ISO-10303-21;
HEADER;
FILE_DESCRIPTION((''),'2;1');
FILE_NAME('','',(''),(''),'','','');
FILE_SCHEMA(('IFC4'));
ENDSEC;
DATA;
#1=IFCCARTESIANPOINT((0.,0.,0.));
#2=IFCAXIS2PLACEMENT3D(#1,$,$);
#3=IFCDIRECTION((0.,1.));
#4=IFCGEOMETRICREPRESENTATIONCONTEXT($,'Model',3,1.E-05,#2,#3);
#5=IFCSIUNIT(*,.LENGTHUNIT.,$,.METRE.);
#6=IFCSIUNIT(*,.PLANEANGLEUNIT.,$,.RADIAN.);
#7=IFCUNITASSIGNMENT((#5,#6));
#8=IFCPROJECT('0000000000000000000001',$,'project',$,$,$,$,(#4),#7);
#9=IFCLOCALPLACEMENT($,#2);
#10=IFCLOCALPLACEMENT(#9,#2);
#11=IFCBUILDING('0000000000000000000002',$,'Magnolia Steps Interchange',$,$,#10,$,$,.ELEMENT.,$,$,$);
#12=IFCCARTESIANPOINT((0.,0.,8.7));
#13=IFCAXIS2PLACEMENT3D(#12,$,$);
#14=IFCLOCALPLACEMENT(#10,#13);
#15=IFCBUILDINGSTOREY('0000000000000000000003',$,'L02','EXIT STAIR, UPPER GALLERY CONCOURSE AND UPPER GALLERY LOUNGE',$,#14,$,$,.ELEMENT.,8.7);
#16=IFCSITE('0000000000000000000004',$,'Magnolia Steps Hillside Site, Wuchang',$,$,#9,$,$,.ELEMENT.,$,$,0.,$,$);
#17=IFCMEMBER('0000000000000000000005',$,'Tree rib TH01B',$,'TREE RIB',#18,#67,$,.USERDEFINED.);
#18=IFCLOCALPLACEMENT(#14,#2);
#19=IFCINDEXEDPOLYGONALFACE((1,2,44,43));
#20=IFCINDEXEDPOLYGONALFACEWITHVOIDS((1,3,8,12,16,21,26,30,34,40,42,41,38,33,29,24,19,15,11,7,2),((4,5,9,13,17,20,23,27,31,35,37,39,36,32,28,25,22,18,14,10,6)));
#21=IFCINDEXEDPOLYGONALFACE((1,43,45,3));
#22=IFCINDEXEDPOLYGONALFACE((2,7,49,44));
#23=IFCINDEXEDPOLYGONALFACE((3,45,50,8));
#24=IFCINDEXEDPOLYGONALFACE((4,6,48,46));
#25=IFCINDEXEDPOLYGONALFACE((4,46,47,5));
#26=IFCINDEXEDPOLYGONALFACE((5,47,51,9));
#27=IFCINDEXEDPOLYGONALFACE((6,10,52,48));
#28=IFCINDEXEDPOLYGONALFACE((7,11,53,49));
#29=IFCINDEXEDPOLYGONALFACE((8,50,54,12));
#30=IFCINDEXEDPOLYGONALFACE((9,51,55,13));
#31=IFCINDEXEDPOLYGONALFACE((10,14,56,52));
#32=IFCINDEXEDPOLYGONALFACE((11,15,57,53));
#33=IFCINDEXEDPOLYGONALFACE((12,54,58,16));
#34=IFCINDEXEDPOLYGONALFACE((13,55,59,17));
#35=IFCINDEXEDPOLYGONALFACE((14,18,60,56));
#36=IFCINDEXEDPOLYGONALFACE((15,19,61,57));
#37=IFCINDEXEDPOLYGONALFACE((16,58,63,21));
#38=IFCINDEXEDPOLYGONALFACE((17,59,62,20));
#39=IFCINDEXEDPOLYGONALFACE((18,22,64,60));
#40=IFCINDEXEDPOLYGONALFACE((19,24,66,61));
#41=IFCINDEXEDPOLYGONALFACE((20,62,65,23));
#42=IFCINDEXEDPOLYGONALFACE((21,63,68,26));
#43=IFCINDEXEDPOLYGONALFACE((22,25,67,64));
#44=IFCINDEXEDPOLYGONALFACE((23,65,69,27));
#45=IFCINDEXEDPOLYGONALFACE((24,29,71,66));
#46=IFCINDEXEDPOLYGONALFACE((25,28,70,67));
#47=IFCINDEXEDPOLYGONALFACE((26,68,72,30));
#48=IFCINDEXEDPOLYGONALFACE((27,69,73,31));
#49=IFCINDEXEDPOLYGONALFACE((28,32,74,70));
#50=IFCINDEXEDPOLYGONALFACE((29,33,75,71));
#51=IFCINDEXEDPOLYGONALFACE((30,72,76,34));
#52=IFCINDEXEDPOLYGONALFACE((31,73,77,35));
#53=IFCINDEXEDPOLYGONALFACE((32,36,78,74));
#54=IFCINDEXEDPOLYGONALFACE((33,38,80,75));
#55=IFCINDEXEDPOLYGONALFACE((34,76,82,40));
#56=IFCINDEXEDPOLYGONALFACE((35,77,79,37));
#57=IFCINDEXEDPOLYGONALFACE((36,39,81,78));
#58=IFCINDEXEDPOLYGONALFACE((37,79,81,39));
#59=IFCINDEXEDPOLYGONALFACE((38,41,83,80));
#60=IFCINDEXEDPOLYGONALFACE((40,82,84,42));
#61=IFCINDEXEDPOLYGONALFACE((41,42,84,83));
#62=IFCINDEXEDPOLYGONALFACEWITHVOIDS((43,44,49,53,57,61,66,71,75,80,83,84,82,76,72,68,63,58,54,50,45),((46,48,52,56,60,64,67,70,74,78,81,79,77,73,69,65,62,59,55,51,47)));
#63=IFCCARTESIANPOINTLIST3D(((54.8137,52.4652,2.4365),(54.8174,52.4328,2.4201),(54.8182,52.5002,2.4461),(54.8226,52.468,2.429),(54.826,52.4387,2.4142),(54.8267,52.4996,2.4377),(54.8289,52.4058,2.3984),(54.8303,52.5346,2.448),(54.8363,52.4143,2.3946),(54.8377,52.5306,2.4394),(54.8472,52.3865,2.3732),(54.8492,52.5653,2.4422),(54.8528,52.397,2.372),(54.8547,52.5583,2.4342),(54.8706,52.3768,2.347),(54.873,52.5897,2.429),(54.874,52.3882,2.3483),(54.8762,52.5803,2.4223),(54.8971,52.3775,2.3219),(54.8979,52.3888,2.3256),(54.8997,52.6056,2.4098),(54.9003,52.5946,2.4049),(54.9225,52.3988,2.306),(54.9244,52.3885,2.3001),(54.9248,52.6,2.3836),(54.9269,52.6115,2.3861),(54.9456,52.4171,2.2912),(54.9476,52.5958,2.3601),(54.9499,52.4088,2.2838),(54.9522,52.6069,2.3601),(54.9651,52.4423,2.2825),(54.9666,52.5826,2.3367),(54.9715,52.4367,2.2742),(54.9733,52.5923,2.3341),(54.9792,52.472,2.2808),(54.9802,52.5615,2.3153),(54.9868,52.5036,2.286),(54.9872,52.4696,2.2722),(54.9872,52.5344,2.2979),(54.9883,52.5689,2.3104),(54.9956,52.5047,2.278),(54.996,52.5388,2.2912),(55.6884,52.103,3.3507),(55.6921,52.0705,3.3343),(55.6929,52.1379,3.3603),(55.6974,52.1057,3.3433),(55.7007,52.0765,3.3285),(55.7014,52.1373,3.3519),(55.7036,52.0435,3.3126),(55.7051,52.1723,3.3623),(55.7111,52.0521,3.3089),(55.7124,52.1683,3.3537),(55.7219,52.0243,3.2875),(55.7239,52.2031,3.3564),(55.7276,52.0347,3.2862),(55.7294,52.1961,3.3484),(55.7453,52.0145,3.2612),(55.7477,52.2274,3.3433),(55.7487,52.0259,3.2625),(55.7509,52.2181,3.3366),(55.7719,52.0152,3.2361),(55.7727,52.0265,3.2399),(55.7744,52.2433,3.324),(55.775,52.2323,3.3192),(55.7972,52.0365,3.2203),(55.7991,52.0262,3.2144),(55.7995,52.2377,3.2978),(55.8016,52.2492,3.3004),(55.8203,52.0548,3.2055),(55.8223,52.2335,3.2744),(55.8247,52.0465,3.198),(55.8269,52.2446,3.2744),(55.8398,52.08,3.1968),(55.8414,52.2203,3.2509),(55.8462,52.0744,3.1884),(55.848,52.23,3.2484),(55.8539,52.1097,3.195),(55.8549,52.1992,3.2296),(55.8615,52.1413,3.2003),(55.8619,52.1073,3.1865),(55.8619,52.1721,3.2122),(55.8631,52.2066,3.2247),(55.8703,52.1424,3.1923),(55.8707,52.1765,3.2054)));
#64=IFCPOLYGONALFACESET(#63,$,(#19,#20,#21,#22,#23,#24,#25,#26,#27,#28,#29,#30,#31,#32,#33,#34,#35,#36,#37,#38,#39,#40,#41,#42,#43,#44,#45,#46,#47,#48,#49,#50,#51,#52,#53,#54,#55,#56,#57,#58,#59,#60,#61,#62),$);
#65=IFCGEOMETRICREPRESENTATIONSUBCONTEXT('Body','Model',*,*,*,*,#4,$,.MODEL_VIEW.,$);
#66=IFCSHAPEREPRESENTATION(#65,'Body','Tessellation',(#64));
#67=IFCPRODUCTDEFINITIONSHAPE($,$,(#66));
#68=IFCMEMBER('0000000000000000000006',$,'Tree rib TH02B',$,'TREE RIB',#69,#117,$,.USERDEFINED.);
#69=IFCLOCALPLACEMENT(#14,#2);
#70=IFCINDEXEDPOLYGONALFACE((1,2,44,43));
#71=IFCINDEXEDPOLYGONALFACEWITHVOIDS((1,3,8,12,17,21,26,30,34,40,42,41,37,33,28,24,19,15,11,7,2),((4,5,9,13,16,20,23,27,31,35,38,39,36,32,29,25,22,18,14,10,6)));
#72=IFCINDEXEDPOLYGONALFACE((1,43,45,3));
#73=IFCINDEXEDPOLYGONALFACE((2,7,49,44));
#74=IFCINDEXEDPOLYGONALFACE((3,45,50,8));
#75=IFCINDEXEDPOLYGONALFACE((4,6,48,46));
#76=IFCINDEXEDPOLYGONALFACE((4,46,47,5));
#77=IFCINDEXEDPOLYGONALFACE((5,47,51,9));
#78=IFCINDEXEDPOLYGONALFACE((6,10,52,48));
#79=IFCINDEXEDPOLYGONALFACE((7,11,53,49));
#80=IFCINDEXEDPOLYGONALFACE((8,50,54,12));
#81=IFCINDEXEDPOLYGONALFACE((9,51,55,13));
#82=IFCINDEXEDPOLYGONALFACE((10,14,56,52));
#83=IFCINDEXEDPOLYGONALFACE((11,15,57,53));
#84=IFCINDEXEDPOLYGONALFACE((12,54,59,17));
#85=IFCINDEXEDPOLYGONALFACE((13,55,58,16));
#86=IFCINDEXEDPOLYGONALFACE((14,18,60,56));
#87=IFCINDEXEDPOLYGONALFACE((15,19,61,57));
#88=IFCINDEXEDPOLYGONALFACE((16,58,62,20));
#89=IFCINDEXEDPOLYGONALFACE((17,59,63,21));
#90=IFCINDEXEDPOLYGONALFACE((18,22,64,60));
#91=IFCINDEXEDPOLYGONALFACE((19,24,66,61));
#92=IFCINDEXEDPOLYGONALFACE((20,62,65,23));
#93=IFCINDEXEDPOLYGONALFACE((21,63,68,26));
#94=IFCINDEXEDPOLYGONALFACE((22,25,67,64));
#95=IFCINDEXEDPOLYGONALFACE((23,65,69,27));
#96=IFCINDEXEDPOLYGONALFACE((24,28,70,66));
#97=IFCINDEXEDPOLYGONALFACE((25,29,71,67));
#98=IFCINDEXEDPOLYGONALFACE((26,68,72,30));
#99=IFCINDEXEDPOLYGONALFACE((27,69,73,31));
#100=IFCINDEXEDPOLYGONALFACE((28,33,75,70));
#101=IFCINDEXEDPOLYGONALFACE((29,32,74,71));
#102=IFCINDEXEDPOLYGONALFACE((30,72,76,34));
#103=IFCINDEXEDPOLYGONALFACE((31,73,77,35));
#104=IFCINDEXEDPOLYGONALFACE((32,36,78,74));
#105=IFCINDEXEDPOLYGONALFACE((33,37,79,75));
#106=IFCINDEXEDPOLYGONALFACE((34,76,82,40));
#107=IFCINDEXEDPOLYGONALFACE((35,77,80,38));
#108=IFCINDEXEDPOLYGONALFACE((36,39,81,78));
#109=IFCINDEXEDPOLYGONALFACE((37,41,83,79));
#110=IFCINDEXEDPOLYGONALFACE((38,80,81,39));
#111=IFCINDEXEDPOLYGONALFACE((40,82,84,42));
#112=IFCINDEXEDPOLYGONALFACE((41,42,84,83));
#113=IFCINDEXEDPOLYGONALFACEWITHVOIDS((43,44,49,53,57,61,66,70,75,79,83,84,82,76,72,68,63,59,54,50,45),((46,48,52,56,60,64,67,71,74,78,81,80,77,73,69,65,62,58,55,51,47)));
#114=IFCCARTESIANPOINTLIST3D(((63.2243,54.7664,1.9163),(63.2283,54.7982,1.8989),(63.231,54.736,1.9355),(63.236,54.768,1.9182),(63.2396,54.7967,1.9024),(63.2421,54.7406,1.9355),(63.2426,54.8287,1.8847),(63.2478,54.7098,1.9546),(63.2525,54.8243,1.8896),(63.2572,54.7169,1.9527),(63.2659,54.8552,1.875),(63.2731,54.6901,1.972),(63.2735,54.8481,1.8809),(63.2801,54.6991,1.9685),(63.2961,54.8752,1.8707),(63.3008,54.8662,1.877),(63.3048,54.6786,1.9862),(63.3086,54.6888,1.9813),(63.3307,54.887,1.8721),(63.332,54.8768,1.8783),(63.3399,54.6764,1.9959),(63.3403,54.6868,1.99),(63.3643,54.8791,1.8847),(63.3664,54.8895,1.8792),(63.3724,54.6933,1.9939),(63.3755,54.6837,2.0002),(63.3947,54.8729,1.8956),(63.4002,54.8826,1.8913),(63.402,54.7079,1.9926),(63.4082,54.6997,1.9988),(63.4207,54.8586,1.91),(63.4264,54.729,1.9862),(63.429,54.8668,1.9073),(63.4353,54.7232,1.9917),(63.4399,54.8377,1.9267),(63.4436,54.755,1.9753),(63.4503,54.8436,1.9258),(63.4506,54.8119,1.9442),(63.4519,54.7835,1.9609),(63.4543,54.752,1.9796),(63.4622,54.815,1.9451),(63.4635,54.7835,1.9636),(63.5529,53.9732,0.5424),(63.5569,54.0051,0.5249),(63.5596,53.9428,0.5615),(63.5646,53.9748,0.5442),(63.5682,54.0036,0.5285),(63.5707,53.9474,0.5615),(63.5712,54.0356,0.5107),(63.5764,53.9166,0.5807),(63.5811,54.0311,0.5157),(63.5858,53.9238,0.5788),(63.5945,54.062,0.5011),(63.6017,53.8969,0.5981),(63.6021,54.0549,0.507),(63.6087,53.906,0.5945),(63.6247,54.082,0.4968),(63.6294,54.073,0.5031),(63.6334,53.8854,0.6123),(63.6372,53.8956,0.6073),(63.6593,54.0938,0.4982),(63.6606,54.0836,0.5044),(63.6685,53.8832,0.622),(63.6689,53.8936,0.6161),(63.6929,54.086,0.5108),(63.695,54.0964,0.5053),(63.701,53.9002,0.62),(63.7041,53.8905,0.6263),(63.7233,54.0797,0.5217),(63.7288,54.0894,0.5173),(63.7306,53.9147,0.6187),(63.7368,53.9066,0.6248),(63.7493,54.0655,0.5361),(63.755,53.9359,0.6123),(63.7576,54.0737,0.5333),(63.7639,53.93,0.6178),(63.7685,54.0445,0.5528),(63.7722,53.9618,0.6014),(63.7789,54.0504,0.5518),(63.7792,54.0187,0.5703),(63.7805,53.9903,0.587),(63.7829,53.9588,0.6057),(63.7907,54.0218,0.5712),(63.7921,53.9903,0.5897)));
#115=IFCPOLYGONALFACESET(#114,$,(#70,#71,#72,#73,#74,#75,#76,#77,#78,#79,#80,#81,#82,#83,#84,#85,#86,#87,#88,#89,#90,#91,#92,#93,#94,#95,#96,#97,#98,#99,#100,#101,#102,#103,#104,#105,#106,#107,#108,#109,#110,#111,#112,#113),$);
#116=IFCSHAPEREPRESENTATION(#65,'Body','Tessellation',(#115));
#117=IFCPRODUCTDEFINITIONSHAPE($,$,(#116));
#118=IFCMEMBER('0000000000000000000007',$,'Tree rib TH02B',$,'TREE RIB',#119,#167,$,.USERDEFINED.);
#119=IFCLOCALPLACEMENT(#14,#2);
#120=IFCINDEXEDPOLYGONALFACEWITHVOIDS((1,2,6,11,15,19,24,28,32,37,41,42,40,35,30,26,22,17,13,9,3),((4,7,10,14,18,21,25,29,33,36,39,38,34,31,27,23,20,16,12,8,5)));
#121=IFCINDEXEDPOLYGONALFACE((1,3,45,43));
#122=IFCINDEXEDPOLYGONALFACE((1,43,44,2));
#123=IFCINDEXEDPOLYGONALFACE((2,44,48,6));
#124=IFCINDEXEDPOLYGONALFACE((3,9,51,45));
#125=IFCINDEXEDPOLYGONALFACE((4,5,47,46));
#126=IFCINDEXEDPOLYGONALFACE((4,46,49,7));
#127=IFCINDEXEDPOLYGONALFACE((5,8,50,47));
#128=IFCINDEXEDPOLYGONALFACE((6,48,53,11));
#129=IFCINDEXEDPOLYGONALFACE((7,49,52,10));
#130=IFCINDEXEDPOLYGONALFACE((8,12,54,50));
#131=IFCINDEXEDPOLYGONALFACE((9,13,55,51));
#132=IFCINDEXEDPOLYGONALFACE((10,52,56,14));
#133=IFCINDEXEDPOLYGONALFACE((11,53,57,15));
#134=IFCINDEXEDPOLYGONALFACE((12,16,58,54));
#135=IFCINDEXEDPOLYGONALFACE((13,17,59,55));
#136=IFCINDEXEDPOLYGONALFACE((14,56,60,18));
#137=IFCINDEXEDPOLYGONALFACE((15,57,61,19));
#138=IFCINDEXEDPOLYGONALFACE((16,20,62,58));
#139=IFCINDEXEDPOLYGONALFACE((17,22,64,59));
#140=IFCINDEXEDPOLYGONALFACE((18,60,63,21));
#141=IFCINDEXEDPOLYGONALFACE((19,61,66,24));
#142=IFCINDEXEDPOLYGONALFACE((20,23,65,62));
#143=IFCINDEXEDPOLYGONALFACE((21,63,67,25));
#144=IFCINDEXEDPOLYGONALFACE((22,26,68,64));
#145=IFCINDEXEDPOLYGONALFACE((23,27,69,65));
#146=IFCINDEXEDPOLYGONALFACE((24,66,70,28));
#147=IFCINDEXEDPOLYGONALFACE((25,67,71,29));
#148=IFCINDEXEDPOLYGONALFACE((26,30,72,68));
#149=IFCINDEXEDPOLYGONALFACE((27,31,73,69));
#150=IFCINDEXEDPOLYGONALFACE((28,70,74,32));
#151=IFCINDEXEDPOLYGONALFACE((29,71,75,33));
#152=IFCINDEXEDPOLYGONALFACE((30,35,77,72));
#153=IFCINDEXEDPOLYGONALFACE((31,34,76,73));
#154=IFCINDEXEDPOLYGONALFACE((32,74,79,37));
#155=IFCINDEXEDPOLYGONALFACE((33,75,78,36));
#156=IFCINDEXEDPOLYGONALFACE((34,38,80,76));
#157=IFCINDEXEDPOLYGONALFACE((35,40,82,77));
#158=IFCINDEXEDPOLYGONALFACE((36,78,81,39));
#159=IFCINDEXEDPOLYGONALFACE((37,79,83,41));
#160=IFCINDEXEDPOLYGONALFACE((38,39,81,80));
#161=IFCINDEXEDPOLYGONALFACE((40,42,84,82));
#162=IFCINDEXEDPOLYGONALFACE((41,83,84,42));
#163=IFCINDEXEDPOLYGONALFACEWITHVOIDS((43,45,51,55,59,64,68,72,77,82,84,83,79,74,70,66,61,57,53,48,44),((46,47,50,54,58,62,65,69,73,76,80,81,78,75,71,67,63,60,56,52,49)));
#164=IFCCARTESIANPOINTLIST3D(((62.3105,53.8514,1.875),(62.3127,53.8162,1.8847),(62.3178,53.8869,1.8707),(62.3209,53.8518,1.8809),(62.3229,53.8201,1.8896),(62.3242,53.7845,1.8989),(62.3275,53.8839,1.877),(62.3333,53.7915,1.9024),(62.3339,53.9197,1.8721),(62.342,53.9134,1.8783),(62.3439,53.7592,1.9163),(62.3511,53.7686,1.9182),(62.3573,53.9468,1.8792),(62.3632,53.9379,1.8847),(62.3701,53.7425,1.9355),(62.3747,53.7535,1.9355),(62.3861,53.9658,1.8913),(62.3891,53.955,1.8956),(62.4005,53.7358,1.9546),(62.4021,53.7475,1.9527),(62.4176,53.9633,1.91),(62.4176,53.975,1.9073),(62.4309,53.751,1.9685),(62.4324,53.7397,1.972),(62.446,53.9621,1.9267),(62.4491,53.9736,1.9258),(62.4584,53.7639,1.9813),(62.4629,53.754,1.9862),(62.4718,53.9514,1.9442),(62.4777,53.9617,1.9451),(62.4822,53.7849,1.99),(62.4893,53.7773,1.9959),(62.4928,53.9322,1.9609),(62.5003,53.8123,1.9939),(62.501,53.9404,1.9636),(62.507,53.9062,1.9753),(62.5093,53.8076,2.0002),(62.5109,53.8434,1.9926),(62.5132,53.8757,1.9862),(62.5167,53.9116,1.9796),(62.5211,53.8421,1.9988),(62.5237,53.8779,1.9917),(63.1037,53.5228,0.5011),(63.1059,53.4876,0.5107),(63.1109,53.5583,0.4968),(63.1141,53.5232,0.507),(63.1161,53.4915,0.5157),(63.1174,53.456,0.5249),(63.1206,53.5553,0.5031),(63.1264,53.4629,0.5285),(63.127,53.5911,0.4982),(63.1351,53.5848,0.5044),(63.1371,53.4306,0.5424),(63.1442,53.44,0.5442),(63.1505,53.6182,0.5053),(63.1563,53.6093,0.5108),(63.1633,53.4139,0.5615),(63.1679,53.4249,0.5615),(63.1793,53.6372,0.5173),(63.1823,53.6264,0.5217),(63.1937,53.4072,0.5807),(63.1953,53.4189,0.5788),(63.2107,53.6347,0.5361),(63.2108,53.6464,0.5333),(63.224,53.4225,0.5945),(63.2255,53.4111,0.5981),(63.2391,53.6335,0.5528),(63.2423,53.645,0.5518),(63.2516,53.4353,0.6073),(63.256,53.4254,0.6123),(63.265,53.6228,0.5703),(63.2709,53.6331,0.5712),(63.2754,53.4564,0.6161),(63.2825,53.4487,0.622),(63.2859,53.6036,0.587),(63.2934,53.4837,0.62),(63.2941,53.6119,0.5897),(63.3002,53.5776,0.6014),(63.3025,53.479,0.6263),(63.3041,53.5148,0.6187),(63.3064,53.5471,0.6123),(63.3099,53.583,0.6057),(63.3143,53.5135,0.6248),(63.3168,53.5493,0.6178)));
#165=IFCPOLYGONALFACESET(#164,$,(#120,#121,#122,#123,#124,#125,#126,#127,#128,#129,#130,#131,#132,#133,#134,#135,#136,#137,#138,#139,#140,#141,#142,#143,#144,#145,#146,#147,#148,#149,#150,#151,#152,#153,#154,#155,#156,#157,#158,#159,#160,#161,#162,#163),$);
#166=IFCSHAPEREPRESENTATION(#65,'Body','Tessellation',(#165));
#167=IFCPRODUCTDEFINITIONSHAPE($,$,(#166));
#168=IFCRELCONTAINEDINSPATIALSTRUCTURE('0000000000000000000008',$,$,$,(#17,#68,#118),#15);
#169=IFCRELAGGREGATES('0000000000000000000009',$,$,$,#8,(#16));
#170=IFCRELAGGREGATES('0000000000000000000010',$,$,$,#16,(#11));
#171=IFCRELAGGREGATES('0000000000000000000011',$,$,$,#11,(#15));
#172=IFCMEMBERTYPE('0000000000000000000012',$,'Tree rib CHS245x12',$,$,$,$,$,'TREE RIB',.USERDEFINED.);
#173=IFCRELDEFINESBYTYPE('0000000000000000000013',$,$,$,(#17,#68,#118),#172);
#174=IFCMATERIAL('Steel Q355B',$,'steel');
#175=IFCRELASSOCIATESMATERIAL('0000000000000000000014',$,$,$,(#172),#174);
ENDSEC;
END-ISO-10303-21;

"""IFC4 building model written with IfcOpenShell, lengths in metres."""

from ifc_helpers import new_model, si_unit, direction, frame, origin, origin_2d, place, context, subcontext, project, spatial, hollow_circle, extrude, material, material_profile, profile_set, type_object, element, save


model = new_model("IFC4")

# Units and contexts
model_context = context("Model", 3, precision=1e-05, world=origin(), true_north=direction((0.0, 1.0)))
body_context = subcontext(model_context, "Body", "Model", "MODEL_VIEW")
ifc_project = project(units=[si_unit("LENGTHUNIT", "METRE"), si_unit("PLANEANGLEUNIT", "RADIAN")], contexts=[model_context])

# Site, building, storey
site_placement = place(None, origin())
site = spatial("IfcSite", under=ifc_project, at=site_placement, Name="Magnolia Steps Hillside Site, Wuchang", CompositionType="ELEMENT", RefElevation=0.0)
building_placement = place(site_placement, origin())
building = spatial("IfcBuilding", under=site, at=building_placement, Name="Magnolia Steps Interchange", CompositionType="ELEMENT")
storey_placement = place(building_placement, frame((0.0, 0.0, 8.7)))
storey = spatial("IfcBuildingStorey", under=building, at=storey_placement, Name="L02", Description="EXIT STAIR, UPPER GALLERY CONCOURSE AND UPPER GALLERY LOUNGE", CompositionType="ELEMENT", Elevation=8.7)

# Members
ifc_material_1 = material(Name="Steel Q355B", Category="steel")
ifc_material_profile_1 = material_profile(ifc_material_1, hollow_circle(Radius=0.1226, WallThickness=0.012, at=origin_2d()), Name="CHS245x12")
ifc_profile_set_1 = profile_set([ifc_material_profile_1], Name="Steel Q355B")
member_type = type_object("IfcMemberType", Name="Tree rib CHS245x12", ElementType="TREE RIB", PredefinedType="USERDEFINED", material=ifc_profile_set_1)
member_1_placement = place(storey_placement, frame((54.9053, 52.4937, 2.3601), z_axis=(0.6646, -0.275263, 0.694649), x_axis=(0.382655, 0.923891, 0.0)))
element("IfcMember", 1, at=member_1_placement, inside=storey, type_object=member_type, Name="Tree rib TH01B", ObjectType="TREE RIB", PredefinedType="USERDEFINED", context=body_context, shape_type="SweptSolid", body=[
    extrude(hollow_circle(Radius=0.1226, WallThickness=0.012, at=origin_2d()), origin(), (0.0, 0.0, 1.0), 1.3162),
])
for number, where, z_axis, x_axis, name in (
    (2, (63.6729, 53.9897, 0.5615), (-0.20282, 0.489571, 0.848047), (-0.923857, -0.382737, 0.0), "Tree rib TH02B"),
    (3, (63.2102, 53.5271, 0.5615), (-0.489571, 0.20282, 0.848047), (-0.382737, -0.923857, 0.0), "Tree rib TH02B"),
):
    element("IfcMember", number, at=place(storey_placement, frame(where, z_axis=z_axis, x_axis=x_axis)), inside=storey, type_object=member_type, Name=name, ObjectType="TREE RIB", PredefinedType="USERDEFINED", context=body_context, shape_type="SweptSolid", body=[
        extrude(hollow_circle(Radius=0.1226, WallThickness=0.012, at=origin_2d()), origin(), (0.0, 0.0, 1.0), 1.6201),
    ])

save(model, "model.ifc")
